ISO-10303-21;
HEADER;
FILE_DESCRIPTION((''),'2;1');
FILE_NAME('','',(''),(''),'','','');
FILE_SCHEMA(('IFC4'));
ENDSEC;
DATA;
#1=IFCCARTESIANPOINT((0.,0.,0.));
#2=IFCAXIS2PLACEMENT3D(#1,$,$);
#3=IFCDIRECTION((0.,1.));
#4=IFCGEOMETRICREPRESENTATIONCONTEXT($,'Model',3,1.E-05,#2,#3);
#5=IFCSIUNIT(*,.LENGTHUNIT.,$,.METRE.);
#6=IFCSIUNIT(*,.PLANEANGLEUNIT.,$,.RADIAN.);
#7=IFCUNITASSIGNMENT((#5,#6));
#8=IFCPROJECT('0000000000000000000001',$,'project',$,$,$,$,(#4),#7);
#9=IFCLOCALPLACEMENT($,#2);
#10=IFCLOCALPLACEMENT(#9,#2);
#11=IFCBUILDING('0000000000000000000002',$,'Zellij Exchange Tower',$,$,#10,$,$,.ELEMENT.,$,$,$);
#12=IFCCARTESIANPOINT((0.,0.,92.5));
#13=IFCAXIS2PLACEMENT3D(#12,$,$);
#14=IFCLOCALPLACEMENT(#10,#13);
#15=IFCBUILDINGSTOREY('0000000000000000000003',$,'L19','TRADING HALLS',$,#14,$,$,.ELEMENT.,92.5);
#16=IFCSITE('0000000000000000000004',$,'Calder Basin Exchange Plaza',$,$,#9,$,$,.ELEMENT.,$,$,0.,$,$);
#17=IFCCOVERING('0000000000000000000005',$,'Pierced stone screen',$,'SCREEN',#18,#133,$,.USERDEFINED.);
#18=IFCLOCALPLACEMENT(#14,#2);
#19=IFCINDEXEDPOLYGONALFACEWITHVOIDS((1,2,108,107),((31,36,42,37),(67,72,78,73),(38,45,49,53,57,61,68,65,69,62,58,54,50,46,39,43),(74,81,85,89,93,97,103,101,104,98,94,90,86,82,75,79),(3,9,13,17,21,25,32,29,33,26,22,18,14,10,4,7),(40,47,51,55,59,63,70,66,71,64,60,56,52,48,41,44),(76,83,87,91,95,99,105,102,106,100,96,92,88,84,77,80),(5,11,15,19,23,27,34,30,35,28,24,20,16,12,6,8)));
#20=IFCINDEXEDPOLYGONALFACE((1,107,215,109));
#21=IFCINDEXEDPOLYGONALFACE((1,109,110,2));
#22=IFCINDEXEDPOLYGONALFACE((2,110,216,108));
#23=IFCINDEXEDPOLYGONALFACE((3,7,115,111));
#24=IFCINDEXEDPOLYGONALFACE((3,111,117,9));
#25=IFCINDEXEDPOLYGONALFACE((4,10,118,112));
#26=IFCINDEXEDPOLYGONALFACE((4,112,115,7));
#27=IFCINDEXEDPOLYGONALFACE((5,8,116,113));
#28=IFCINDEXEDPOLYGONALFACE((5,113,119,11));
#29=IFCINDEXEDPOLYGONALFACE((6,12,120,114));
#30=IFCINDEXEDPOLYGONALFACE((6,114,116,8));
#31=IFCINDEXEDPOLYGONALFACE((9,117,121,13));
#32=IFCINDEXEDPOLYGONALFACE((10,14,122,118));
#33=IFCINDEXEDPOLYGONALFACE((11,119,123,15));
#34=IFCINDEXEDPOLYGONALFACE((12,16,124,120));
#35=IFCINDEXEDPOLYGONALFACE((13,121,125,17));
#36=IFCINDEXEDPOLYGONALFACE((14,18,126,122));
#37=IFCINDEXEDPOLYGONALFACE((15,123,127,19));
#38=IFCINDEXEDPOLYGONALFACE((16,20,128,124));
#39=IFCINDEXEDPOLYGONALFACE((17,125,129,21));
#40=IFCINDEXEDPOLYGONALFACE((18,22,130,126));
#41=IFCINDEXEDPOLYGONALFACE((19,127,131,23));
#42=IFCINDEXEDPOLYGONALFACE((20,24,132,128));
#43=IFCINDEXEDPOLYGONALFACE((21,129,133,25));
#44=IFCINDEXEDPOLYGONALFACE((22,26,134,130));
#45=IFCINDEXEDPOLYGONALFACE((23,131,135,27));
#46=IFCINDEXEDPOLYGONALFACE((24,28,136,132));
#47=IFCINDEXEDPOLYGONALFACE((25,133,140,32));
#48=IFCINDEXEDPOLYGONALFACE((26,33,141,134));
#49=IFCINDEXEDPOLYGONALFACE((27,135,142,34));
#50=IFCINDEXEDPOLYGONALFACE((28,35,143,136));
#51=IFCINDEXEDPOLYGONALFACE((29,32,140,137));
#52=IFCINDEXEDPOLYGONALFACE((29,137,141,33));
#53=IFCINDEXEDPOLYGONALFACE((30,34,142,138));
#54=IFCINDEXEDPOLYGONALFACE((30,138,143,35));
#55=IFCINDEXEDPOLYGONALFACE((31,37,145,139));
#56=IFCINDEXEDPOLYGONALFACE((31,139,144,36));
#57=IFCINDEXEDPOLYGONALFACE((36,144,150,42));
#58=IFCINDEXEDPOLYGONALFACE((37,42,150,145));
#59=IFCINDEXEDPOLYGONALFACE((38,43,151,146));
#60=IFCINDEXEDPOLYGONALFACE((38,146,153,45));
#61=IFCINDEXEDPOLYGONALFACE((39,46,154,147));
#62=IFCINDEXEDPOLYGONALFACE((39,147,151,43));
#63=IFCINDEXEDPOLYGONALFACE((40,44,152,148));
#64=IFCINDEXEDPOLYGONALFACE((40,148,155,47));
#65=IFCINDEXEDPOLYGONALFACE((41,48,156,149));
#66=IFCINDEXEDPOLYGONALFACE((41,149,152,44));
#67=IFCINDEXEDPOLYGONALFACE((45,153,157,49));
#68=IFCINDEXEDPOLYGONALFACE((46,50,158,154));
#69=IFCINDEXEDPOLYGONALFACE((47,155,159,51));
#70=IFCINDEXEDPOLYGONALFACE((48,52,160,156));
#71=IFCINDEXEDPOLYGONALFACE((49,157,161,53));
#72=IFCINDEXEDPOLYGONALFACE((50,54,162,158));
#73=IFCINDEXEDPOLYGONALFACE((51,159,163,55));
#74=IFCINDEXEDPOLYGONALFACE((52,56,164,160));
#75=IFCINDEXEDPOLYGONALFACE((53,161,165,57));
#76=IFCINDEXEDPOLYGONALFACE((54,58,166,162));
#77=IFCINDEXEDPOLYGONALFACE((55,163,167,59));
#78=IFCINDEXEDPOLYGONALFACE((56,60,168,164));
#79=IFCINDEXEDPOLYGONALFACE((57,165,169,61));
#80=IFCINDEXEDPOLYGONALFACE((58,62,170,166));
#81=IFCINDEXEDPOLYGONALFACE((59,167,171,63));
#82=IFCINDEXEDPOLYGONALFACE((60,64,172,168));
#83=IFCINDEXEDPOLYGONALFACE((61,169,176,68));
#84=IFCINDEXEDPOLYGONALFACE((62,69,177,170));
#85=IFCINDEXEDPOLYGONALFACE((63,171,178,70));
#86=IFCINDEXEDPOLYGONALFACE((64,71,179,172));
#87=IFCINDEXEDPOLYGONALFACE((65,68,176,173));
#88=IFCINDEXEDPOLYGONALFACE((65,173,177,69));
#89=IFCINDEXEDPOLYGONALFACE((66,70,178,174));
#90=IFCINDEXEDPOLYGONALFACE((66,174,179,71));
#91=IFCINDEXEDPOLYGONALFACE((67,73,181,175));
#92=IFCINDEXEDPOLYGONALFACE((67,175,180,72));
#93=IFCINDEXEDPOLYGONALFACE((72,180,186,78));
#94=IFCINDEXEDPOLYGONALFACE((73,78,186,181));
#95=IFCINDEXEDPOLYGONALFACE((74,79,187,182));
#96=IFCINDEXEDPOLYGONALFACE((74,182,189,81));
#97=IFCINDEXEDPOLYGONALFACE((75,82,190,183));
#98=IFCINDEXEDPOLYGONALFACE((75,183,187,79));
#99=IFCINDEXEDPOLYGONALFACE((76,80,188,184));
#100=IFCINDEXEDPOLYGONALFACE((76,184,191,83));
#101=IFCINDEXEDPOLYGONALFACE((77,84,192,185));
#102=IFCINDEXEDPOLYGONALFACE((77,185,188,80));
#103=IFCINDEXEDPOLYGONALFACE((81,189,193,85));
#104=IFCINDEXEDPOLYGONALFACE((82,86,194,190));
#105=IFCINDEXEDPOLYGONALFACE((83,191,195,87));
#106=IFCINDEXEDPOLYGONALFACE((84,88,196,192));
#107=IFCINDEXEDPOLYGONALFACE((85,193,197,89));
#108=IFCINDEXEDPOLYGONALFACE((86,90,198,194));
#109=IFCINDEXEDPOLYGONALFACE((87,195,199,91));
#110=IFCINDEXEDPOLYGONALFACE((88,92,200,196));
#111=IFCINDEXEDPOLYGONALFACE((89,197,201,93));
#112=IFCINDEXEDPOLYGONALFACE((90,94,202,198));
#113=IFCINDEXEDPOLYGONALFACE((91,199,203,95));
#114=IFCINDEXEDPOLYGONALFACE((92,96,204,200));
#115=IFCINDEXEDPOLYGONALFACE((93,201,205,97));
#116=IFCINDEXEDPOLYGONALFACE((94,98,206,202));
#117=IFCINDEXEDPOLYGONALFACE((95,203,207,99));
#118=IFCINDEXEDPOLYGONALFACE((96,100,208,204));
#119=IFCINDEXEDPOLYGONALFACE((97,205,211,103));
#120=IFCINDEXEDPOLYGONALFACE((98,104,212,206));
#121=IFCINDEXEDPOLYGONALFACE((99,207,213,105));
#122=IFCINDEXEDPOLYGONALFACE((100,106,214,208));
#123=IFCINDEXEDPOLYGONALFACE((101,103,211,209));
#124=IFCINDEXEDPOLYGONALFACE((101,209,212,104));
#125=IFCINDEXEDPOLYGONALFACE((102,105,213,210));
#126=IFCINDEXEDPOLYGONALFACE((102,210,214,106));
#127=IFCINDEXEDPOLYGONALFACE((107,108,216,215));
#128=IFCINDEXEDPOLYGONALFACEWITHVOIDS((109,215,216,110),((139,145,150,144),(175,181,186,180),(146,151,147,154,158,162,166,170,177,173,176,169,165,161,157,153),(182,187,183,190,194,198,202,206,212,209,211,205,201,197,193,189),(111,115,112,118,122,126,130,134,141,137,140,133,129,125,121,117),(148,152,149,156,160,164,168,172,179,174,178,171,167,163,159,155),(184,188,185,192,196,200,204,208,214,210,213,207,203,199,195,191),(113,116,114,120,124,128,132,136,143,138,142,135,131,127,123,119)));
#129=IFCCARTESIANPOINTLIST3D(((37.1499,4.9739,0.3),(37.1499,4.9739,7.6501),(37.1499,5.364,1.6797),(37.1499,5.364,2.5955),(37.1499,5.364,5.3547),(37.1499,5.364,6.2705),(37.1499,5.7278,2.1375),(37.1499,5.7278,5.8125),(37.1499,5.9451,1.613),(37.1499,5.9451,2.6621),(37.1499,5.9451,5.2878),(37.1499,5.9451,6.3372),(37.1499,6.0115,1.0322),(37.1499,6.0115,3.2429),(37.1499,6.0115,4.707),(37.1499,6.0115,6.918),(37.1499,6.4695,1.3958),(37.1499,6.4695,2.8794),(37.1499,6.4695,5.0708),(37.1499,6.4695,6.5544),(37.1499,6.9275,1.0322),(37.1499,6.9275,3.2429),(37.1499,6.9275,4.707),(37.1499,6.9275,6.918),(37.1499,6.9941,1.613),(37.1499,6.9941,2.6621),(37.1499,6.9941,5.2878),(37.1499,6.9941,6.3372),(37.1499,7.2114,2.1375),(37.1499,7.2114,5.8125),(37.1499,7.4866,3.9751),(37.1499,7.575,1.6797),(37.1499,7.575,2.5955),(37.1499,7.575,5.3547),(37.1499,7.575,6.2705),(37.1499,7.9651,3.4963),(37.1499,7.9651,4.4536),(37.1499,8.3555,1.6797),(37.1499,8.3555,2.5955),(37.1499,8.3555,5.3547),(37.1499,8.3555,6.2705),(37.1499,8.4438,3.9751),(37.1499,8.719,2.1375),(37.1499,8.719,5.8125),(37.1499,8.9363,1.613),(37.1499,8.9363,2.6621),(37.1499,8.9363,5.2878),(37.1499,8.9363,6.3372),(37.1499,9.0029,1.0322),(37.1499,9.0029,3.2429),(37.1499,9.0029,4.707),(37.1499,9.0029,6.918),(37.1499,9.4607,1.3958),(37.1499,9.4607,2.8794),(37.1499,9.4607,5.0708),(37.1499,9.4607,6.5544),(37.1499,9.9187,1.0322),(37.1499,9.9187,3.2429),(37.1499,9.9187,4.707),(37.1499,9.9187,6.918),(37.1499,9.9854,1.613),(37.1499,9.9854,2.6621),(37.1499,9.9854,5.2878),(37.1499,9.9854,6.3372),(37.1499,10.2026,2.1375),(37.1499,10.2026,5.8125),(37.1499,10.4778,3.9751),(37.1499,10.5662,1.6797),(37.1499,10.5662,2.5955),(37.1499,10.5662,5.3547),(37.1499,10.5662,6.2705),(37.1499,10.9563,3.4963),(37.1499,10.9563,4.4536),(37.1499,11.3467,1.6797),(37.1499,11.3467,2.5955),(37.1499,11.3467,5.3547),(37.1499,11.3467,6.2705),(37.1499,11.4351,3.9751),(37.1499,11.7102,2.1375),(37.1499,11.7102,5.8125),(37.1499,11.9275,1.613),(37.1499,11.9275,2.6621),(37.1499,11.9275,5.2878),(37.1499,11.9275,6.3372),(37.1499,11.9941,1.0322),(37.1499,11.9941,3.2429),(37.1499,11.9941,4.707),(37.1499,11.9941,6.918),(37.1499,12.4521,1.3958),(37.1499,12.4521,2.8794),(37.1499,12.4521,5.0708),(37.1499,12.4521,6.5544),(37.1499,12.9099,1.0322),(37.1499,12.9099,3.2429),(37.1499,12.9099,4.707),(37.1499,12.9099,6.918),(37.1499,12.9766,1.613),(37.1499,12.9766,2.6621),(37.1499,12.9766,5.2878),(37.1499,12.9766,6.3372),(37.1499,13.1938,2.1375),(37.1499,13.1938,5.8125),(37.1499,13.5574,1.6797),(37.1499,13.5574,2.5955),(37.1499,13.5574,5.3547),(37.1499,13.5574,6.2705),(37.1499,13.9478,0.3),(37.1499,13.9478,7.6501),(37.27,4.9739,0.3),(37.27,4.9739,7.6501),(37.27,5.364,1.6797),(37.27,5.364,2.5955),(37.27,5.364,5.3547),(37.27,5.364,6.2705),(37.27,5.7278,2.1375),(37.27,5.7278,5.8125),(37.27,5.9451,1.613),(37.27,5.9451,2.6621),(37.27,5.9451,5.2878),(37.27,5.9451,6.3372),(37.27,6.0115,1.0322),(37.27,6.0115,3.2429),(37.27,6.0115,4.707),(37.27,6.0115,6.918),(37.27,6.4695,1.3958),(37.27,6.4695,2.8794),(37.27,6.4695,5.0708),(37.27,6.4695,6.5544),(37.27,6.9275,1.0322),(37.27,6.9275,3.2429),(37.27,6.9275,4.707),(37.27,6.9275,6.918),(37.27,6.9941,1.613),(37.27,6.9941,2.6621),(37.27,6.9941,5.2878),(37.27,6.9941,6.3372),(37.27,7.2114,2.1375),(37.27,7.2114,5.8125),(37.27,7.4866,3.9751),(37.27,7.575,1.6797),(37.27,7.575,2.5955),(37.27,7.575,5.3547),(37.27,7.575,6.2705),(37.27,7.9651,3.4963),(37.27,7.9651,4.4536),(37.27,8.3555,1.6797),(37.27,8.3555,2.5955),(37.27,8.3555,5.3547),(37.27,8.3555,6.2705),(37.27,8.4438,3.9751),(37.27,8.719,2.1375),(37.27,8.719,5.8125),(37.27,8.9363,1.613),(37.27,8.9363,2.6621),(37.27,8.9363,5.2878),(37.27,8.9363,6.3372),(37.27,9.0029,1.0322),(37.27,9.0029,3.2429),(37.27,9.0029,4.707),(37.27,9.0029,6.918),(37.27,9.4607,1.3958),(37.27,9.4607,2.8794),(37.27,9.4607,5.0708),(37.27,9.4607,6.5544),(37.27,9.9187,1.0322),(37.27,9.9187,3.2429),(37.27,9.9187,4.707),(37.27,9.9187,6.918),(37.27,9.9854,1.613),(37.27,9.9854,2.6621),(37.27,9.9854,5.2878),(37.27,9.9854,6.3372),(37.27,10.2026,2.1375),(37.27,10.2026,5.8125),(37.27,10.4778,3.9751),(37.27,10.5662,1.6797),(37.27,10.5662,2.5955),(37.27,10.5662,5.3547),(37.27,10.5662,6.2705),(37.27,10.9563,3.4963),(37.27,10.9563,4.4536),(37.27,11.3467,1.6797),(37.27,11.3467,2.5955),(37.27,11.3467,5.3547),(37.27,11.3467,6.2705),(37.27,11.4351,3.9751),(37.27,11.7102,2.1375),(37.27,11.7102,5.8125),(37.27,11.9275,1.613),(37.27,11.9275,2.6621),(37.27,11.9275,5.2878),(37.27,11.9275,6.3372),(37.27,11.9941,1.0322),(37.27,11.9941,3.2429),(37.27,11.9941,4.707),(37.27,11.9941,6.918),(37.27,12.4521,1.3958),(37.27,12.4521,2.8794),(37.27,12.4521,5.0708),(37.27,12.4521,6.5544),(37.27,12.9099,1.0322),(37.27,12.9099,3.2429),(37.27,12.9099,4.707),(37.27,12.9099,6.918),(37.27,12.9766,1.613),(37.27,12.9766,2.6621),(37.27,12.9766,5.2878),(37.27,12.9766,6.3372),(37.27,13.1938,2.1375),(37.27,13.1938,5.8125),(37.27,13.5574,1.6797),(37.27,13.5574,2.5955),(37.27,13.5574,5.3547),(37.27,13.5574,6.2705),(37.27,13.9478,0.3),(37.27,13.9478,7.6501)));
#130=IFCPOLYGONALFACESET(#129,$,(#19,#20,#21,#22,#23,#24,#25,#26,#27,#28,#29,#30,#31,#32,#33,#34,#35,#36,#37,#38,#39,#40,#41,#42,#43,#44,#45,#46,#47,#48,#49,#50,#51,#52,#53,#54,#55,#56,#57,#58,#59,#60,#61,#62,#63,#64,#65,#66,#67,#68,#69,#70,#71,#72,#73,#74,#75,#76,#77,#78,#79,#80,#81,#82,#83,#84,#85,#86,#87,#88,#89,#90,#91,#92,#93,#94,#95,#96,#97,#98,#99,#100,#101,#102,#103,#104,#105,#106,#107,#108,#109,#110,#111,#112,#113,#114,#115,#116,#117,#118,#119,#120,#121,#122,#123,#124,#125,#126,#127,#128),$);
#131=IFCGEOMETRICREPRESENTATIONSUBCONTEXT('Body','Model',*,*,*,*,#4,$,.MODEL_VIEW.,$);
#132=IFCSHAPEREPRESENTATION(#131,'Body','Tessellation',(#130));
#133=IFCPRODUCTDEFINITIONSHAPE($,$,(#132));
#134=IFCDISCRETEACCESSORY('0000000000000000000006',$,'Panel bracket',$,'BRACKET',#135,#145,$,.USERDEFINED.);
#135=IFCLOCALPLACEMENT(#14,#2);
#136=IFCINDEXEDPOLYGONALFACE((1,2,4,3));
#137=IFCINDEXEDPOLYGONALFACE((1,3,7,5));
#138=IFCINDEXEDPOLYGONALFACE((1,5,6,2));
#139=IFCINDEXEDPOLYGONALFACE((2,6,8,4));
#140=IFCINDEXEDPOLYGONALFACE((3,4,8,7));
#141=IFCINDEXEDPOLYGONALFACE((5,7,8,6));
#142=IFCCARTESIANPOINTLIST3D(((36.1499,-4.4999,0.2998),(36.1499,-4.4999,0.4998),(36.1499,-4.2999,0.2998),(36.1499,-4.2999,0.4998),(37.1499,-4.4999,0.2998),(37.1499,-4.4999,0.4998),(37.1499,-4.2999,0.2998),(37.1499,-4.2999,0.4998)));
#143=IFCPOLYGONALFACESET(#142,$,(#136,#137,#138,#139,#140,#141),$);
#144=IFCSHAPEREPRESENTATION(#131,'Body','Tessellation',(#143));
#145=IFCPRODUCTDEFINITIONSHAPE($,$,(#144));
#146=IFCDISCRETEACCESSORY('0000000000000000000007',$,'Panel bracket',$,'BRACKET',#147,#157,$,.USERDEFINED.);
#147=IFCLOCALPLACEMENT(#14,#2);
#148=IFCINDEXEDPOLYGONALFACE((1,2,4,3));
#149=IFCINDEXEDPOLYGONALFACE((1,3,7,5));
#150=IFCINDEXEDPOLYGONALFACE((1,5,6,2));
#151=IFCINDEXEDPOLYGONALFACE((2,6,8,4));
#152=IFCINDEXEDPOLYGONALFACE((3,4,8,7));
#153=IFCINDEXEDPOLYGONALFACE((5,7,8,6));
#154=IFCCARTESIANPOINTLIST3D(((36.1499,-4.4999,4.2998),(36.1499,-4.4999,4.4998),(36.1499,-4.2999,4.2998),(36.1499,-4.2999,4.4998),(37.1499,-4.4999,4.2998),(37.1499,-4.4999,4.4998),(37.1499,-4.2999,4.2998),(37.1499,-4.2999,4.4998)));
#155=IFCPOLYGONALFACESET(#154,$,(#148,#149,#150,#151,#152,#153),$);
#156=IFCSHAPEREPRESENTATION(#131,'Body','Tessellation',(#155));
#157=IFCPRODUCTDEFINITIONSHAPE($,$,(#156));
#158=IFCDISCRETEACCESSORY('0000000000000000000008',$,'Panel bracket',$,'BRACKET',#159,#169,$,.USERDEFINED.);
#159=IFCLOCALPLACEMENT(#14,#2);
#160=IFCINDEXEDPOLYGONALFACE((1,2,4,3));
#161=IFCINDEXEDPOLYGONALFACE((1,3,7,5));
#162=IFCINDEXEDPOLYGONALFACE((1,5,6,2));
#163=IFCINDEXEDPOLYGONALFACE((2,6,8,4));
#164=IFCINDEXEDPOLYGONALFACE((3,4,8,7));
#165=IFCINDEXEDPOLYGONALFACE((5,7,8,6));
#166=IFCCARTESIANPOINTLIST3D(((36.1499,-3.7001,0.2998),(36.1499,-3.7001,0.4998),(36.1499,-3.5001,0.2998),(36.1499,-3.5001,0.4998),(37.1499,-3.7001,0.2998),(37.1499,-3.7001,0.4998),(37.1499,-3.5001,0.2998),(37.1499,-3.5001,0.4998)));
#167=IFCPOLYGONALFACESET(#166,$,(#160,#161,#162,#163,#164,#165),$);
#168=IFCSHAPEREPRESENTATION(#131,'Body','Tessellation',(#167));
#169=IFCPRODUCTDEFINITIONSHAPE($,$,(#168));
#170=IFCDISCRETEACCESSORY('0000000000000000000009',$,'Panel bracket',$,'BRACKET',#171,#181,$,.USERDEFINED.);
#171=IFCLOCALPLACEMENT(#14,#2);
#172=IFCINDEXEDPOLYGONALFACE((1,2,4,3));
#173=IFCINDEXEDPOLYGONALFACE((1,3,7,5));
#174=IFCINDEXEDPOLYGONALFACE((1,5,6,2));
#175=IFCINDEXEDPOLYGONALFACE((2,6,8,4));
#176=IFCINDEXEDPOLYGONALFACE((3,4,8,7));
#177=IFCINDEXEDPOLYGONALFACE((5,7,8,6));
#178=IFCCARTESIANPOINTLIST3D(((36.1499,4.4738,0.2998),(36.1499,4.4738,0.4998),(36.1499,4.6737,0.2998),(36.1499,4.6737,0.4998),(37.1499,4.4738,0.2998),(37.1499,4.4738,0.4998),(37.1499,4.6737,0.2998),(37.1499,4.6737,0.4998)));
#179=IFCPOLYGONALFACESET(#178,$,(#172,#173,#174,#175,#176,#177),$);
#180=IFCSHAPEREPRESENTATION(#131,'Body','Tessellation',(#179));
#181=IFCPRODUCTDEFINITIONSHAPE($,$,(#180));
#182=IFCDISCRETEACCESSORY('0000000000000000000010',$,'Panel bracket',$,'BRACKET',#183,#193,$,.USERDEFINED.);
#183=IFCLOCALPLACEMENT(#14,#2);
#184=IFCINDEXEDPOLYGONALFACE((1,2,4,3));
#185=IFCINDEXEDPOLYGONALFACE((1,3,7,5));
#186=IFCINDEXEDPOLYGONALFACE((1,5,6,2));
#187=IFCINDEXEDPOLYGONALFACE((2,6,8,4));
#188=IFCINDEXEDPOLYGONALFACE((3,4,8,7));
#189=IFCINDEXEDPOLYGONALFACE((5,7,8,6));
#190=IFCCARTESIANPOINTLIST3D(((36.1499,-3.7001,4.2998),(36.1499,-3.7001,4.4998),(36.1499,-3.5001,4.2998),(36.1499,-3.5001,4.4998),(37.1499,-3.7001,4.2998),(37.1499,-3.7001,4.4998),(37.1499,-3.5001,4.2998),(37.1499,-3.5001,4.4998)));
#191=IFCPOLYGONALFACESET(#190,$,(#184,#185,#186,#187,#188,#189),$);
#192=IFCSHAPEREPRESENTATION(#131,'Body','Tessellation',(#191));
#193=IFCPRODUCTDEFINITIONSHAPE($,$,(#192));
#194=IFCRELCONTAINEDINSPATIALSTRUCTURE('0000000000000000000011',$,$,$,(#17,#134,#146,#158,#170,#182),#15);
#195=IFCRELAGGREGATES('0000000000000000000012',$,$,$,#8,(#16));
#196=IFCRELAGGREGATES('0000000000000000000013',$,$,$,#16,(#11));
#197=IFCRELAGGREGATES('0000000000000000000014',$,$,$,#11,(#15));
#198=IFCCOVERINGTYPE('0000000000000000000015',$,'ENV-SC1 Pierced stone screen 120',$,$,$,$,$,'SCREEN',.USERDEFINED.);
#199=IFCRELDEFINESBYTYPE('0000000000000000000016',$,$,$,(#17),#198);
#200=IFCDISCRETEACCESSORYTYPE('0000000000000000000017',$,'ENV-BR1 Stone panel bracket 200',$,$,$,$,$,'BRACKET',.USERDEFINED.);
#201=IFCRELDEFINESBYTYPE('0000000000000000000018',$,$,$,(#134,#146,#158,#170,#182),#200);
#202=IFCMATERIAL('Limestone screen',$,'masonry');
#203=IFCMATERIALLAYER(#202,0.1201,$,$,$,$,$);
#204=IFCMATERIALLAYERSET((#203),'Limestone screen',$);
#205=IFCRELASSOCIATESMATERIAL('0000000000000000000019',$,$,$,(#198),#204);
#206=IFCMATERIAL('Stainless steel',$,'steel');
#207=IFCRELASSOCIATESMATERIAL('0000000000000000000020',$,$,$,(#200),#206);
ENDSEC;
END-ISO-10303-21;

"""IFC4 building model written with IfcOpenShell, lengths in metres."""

from ifc_helpers import new_model, si_unit, direction, frame, origin, origin_2d, place, context, subcontext, project, spatial, polyline, rectangle, outline, extrude, material, layer, layer_set, type_object, element, save


model = new_model("IFC4")

# Units and contexts
model_context = context("Model", 3, precision=1e-05, world=origin(), true_north=direction((0.0, 1.0)))
body_context = subcontext(model_context, "Body", "Model", "MODEL_VIEW")
ifc_project = project(units=[si_unit("LENGTHUNIT", "METRE"), si_unit("PLANEANGLEUNIT", "RADIAN")], contexts=[model_context])

# Site, building, storey
site_placement = place(None, origin())
site = spatial("IfcSite", under=ifc_project, at=site_placement, Name="Calder Basin Exchange Plaza", CompositionType="ELEMENT", RefElevation=0.0)
building_placement = place(site_placement, origin())
building = spatial("IfcBuilding", under=site, at=building_placement, Name="Zellij Exchange Tower", CompositionType="ELEMENT")
storey_placement = place(building_placement, frame((0.0, 0.0, 92.5)))
storey = spatial("IfcBuildingStorey", under=building, at=storey_placement, Name="L19", Description="TRADING HALLS", CompositionType="ELEMENT", Elevation=92.5)

# Covering
ifc_material_1 = material(Name="Limestone screen", Category="masonry")
ifc_layer_1 = layer(ifc_material_1, 0.1201)
ifc_layer_set_1 = layer_set([ifc_layer_1], Name="Limestone screen")
covering_type = type_object("IfcCoveringType", Name="ENV-SC1 Pierced stone screen 120", ElementType="SCREEN", PredefinedType="USERDEFINED", material=ifc_layer_set_1)
covering_1_placement = place(storey_placement, frame((37.21, 4.9739, 0.3), z_axis=(0.0, 0.0, 1.0), x_axis=(0.0, 1.0, 0.0)))
element("IfcCovering", 1, at=covering_1_placement, inside=storey, type_object=covering_type, Name="Pierced stone screen", ObjectType="SCREEN", PredefinedType="USERDEFINED", context=body_context, shape_type="SweptSolid", body=[
    extrude(outline(polyline([(0.0, 0.0), (8.9739, 0.0), (8.9739, 7.3501), (0.0, 7.3501), (0.0, 0.0)]), holes=[polyline([(2.6011, 2.2954), (2.0203, 2.3621), (1.9536, 2.9429), (1.4956, 2.5793), (1.0376, 2.9429), (0.9712, 2.3621), (0.3901, 2.2954), (0.7539, 1.8374), (0.3901, 1.3796), (0.9712, 1.313), (1.0376, 0.7322), (1.4956, 1.0957), (1.9536, 0.7322), (2.0203, 1.313), (2.6011, 1.3796), (2.2375, 1.8374), (2.6011, 2.2954)]), polyline([(2.6011, 5.9705), (2.0203, 6.0371), (1.9536, 6.6179), (1.4956, 6.2544), (1.0376, 6.6179), (0.9712, 6.0371), (0.3901, 5.9705), (0.7539, 5.5125), (0.3901, 5.0547), (0.9712, 4.9878), (1.0376, 4.407), (1.4956, 4.7708), (1.9536, 4.407), (2.0203, 4.9878), (2.6011, 5.0547), (2.2375, 5.5125), (2.6011, 5.9705)]), polyline([(5.5923, 2.2954), (5.0115, 2.3621), (4.9448, 2.9429), (4.4868, 2.5793), (4.0291, 2.9429), (3.9624, 2.3621), (3.3816, 2.2954), (3.7451, 1.8374), (3.3816, 1.3796), (3.9624, 1.313), (4.0291, 0.7322), (4.4868, 1.0957), (4.9448, 0.7322), (5.0115, 1.313), (5.5923, 1.3796), (5.2288, 1.8374), (5.5923, 2.2954)]), polyline([(5.5923, 5.9705), (5.0115, 6.0371), (4.9448, 6.6179), (4.4868, 6.2544), (4.0291, 6.6179), (3.9624, 6.0371), (3.3816, 5.9705), (3.7451, 5.5125), (3.3816, 5.0547), (3.9624, 4.9878), (4.0291, 4.407), (4.4868, 4.7708), (4.9448, 4.407), (5.0115, 4.9878), (5.5923, 5.0547), (5.2288, 5.5125), (5.5923, 5.9705)]), polyline([(8.5835, 2.2954), (8.0027, 2.3621), (7.936, 2.9429), (7.4783, 2.5793), (7.0203, 2.9429), (6.9536, 2.3621), (6.3728, 2.2954), (6.7363, 1.8374), (6.3728, 1.3796), (6.9536, 1.313), (7.0203, 0.7322), (7.4783, 1.0957), (7.936, 0.7322), (8.0027, 1.313), (8.5835, 1.3796), (8.22, 1.8374), (8.5835, 2.2954)]), polyline([(8.5835, 5.9705), (8.0027, 6.0371), (7.936, 6.6179), (7.4783, 6.2544), (7.0203, 6.6179), (6.9536, 6.0371), (6.3728, 5.9705), (6.7363, 5.5125), (6.3728, 5.0547), (6.9536, 4.9878), (7.0203, 4.407), (7.4783, 4.7708), (7.936, 4.407), (8.0027, 4.9878), (8.5835, 5.0547), (8.22, 5.5125), (8.5835, 5.9705)]), polyline([(3.47, 3.675), (2.9912, 4.1536), (2.5127, 3.675), (2.9912, 3.1963), (3.47, 3.675)]), polyline([(6.4612, 3.675), (5.9824, 4.1536), (5.5039, 3.675), (5.9824, 3.1963), (6.4612, 3.675)])]), frame((0.0, 0.0601, 0.0), z_axis=(0.0, -1.0, 0.0), x_axis=(1.0, 0.0, 0.0)), (0.0, 0.0, 1.0), 0.1201),
])

# Discrete accessories
ifc_material_2 = material(Name="Stainless steel", Category="steel")
discrete_accessory_type = type_object("IfcDiscreteAccessoryType", Name="ENV-BR1 Stone panel bracket 200", ElementType="BRACKET", PredefinedType="USERDEFINED", material=ifc_material_2)
for number, where, z_axis, x_axis, name in (
    (2, (36.6499, -4.3999, 0.2998), (0.0, 0.0, 1.0), (0.0, 1.0, 0.0), "Panel bracket"),
    (3, (36.6499, -4.3999, 4.2998), (0.0, 0.0, 1.0), (0.0, 1.0, 0.0), "Panel bracket"),
    (4, (36.6499, -3.6001, 0.2998), (0.0, 0.0, 1.0), (0.0, 1.0, 0.0), "Panel bracket"),
    (5, (36.6499, 4.5737, 0.2998), (0.0, 0.0, 1.0), (0.0, 1.0, 0.0), "Panel bracket"),
    (6, (36.6499, -3.6001, 4.2998), (0.0, 0.0, 1.0), (0.0, 1.0, 0.0), "Panel bracket"),
):
    element("IfcDiscreteAccessory", number, at=place(storey_placement, frame(where, z_axis=z_axis, x_axis=x_axis)), inside=storey, type_object=discrete_accessory_type, Name=name, ObjectType="BRACKET", PredefinedType="USERDEFINED", context=body_context, shape_type="SweptSolid", body=[
        extrude(rectangle(XDim=0.2, YDim=1.0, at=origin_2d()), origin(), (0.0, 0.0, 1.0), 0.2),
    ])

save(model, "model.ifc")
